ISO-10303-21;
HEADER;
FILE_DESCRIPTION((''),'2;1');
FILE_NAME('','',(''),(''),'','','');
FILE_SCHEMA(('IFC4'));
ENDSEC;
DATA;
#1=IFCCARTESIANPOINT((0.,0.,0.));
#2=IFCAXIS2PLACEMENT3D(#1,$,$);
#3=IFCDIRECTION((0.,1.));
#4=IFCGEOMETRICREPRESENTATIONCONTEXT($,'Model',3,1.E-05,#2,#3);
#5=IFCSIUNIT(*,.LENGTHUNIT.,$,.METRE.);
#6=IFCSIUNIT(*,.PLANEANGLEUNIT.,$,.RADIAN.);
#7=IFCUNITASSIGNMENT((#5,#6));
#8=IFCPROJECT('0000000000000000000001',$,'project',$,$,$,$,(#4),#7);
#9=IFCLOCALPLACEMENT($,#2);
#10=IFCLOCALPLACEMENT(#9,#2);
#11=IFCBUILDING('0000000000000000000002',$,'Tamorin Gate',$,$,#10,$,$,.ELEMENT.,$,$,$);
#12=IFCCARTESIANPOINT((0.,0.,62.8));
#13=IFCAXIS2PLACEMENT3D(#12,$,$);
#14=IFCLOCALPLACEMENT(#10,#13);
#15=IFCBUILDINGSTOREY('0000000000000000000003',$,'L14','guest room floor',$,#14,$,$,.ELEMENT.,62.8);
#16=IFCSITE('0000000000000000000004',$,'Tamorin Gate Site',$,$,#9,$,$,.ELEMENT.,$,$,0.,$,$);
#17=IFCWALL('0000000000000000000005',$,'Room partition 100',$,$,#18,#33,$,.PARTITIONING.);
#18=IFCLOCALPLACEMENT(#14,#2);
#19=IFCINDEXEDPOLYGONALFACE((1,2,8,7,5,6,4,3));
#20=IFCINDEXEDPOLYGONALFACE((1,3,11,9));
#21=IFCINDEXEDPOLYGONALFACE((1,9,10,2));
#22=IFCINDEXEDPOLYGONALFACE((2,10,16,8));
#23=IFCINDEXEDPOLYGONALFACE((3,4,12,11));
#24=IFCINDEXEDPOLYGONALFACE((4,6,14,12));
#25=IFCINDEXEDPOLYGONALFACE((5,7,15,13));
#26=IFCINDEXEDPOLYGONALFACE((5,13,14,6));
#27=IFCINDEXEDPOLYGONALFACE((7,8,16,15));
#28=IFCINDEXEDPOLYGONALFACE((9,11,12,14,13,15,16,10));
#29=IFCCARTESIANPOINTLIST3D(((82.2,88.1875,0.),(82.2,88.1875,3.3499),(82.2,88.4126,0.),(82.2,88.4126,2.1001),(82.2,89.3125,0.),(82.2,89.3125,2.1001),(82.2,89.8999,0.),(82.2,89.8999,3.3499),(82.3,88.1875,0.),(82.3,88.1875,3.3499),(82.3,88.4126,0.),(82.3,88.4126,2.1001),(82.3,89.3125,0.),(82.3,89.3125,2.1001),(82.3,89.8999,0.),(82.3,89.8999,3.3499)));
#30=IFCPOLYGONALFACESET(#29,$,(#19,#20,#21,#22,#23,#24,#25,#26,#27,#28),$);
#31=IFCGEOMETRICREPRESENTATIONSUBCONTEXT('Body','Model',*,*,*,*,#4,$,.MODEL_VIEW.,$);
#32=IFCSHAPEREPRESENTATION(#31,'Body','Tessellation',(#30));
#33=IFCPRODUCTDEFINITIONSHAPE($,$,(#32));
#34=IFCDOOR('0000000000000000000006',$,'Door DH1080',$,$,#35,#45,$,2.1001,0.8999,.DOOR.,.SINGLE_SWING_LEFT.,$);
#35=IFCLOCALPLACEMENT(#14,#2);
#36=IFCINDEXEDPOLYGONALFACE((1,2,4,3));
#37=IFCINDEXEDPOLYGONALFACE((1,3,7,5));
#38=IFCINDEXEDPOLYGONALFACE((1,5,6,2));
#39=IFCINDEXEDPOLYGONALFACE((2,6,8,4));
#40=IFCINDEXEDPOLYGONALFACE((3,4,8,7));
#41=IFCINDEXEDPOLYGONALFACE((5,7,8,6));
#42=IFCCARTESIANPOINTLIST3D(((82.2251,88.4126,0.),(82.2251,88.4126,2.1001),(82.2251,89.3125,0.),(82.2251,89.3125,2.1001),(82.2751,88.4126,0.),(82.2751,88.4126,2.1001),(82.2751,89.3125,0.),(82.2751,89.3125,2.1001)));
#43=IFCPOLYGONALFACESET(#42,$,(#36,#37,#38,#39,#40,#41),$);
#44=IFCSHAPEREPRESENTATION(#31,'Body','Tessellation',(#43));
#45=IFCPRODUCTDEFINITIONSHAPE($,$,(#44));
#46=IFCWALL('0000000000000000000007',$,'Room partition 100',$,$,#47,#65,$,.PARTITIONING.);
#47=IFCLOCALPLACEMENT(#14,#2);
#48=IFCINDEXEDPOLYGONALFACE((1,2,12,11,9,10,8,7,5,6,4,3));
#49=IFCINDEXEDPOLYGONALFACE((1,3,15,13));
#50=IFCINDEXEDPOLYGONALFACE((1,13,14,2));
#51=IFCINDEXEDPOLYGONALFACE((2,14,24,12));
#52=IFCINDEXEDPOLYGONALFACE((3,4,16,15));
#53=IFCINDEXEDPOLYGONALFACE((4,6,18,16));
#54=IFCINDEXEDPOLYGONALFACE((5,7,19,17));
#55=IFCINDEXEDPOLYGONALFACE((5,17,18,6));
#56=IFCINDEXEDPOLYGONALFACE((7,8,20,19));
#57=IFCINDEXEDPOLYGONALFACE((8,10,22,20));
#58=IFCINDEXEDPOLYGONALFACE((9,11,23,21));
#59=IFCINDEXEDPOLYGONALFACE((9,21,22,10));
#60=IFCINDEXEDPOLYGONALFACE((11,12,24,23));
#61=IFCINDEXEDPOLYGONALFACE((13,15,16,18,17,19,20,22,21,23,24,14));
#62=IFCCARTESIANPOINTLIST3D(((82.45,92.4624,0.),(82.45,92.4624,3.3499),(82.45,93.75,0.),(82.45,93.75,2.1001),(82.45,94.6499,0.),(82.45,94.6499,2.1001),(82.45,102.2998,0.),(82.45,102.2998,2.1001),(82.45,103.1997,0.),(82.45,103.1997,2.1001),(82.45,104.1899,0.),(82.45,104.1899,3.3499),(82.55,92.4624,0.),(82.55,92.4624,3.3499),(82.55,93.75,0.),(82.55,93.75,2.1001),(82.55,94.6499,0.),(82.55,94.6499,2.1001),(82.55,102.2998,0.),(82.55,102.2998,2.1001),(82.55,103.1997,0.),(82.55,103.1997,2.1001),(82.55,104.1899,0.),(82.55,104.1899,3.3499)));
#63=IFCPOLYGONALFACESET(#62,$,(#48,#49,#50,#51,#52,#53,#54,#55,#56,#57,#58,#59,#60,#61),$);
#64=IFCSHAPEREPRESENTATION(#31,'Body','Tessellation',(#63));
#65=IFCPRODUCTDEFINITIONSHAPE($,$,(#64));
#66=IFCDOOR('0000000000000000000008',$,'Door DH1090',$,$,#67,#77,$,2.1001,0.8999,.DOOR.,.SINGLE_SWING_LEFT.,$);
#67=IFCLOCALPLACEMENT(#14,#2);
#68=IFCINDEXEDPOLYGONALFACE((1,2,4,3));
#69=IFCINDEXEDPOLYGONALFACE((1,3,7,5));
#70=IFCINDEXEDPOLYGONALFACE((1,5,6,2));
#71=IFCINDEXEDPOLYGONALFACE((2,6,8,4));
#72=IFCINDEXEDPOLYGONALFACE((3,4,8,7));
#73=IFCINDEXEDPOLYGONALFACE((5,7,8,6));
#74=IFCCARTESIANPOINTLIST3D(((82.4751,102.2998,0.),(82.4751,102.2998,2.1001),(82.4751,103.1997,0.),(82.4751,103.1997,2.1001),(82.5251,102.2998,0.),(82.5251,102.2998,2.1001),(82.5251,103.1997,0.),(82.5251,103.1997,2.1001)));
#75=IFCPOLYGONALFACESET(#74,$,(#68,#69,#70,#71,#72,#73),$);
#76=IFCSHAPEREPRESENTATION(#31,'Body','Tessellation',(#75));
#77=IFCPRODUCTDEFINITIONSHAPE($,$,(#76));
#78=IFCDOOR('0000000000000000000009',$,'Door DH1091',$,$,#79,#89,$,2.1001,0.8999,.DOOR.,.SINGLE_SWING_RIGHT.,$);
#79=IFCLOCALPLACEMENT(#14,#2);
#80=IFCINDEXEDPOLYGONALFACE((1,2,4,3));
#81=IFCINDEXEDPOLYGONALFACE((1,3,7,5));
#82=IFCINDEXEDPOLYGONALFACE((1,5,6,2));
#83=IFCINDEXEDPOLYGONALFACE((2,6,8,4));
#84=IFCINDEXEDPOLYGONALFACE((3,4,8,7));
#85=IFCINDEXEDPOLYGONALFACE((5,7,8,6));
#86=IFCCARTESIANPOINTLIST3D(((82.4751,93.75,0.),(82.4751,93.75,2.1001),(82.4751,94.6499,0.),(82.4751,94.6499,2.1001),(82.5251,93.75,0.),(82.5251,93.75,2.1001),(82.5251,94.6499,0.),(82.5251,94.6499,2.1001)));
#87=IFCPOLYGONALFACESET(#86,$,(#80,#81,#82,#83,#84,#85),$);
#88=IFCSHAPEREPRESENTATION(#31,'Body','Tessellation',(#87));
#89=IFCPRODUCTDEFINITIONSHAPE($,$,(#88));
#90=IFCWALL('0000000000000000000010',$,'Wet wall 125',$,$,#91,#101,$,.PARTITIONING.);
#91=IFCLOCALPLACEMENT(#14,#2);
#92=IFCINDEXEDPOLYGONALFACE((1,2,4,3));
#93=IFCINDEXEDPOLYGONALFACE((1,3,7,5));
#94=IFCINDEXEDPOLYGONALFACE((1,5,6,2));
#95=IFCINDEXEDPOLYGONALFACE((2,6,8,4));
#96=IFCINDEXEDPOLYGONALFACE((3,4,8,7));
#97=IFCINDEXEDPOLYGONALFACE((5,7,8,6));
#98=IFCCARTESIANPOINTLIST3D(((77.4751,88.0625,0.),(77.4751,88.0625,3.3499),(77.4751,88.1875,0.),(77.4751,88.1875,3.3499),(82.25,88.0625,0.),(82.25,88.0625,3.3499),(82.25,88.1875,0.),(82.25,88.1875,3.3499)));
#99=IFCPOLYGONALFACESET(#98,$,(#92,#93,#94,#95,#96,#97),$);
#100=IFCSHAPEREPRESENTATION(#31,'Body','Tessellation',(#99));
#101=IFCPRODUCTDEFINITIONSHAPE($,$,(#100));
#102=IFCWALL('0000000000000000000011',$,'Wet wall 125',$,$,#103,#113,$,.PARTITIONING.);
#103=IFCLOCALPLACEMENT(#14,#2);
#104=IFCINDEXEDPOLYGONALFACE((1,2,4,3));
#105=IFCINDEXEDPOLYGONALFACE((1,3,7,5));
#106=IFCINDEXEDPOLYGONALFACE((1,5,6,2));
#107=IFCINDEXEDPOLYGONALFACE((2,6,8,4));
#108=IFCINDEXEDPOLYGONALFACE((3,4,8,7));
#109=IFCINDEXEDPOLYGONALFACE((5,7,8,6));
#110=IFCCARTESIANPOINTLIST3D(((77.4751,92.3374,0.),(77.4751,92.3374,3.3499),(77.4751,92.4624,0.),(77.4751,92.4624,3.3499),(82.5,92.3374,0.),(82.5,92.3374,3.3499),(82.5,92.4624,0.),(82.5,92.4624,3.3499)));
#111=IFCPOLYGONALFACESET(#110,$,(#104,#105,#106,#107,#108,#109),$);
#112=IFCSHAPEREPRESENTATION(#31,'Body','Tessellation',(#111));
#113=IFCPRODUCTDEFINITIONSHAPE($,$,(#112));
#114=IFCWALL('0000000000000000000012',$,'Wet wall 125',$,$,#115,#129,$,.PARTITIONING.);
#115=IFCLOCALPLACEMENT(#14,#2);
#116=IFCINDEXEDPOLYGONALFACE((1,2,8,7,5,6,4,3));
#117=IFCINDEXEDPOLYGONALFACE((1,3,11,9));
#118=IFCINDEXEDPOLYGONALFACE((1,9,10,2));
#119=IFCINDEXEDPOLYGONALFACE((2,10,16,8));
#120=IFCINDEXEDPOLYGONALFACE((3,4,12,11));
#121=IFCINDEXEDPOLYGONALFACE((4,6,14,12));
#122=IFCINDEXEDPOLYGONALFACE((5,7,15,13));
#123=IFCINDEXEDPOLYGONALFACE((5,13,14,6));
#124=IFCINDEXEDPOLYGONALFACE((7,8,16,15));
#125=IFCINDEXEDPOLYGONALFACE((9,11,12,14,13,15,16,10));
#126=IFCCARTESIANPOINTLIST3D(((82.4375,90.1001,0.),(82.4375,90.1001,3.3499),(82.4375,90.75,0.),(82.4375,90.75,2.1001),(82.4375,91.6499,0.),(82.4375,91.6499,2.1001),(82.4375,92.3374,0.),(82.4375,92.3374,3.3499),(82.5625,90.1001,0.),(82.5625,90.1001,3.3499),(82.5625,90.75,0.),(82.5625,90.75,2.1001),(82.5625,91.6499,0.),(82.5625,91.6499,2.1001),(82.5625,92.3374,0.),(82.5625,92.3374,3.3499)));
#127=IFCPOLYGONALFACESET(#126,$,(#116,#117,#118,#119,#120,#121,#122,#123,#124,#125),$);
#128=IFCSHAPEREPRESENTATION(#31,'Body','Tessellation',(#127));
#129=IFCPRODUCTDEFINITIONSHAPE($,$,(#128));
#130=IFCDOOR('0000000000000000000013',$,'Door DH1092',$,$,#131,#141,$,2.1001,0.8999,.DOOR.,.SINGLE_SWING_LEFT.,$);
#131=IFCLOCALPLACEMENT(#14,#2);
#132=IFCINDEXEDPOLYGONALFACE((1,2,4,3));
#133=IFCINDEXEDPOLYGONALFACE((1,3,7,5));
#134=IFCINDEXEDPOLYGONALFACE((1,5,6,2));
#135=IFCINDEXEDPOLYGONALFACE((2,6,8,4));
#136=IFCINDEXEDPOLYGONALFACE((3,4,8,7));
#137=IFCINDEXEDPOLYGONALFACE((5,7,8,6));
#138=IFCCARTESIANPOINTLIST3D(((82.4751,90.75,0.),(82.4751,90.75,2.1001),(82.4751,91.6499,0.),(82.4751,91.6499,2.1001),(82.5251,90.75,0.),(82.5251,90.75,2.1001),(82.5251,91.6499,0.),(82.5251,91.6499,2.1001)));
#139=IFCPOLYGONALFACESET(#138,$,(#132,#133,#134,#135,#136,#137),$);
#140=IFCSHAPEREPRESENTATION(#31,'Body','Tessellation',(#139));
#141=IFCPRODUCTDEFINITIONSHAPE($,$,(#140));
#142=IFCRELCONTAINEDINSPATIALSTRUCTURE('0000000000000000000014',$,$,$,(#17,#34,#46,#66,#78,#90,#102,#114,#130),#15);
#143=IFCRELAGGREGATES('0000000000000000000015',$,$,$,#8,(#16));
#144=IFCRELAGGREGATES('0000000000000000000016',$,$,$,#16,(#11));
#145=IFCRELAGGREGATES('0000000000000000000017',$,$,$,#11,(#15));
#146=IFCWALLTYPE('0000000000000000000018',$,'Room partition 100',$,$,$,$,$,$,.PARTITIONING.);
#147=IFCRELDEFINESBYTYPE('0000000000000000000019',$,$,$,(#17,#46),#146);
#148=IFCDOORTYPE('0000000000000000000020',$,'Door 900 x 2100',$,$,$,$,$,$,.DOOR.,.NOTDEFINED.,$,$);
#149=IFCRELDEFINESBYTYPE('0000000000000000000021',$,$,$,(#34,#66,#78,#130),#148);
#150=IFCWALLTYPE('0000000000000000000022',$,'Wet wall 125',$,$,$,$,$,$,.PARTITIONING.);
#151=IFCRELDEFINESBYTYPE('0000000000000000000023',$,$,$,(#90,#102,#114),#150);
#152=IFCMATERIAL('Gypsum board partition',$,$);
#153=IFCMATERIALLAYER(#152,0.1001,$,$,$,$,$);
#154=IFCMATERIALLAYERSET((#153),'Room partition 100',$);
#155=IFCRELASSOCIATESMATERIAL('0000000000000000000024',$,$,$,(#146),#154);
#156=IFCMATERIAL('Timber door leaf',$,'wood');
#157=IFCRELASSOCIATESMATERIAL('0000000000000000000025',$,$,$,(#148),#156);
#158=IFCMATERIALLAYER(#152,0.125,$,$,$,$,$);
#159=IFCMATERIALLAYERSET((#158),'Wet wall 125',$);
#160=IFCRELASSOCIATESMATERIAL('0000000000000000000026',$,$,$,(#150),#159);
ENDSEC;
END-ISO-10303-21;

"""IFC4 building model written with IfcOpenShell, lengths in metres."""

from ifc_helpers import new_model, si_unit, direction, frame, frame_2d, origin, place, context, subcontext, project, spatial, rectangle, extrude, material, layer, layer_set, type_object, element, fill, save


model = new_model("IFC4")

# Units and contexts
model_context = context("Model", 3, precision=1e-05, world=origin(), true_north=direction((0.0, 1.0)))
body_context = subcontext(model_context, "Body", "Model", "MODEL_VIEW")
ifc_project = project(units=[si_unit("LENGTHUNIT", "METRE"), si_unit("PLANEANGLEUNIT", "RADIAN")], contexts=[model_context])

# Site, building, storey
site_placement = place(None, origin())
site = spatial("IfcSite", under=ifc_project, at=site_placement, Name="Tamorin Gate Site", CompositionType="ELEMENT", RefElevation=0.0)
building_placement = place(site_placement, origin())
building = spatial("IfcBuilding", under=site, at=building_placement, Name="Tamorin Gate", CompositionType="ELEMENT")
storey_placement = place(building_placement, frame((0.0, 0.0, 62.8)))
storey = spatial("IfcBuildingStorey", under=building, at=storey_placement, Name="L14", Description="guest room floor", CompositionType="ELEMENT", Elevation=62.8)

# Shared definitions
ifc_material_1 = material(Name="Gypsum board partition")

# Wall, opening, door
ifc_layer_1 = layer(ifc_material_1, 0.1001)
ifc_layer_set_1 = layer_set([ifc_layer_1], Name="Room partition 100")
wall_type_1 = type_object("IfcWallType", Name="Room partition 100", PredefinedType="PARTITIONING", material=ifc_layer_set_1)
ifc_material_2 = material(Name="Timber door leaf", Category="wood")
door_type = type_object("IfcDoorType", Name="Door 900 x 2100", OperationType="NOTDEFINED", PredefinedType="DOOR", material=ifc_material_2)
wall_1_placement = place(storey_placement, frame((82.25, 88.1875, 0.0), z_axis=(0.0, 0.0, 1.0), x_axis=(0.0, 1.0, 0.0)))
wall_1 = element("IfcWall", 1, at=wall_1_placement, inside=storey, type_object=wall_type_1, Name="Room partition 100", PredefinedType="PARTITIONING", context=body_context, shape_type="SweptSolid", body=[
    extrude(rectangle(XDim=1.7124, YDim=0.1001, at=frame_2d((0.8562, 0.0))), origin(), (0.0, 0.0, 1.0), 3.3499),
])
opening_1_placement = place(wall_1_placement, frame((0.2251, 0.0, 0.0)))
opening_1 = element("IfcOpeningElement", 2, at=opening_1_placement, cuts=wall_1, PredefinedType="OPENING", context=body_context, shape_type="SweptSolid", body=[
    extrude(rectangle(XDim=0.8999, YDim=2.1001, at=frame_2d((0.45, 1.05))), frame((0.0, 0.0601, 0.0), z_axis=(0.0, -1.0, 0.0), x_axis=(1.0, 0.0, 0.0)), (0.0, 0.0, 1.0), 0.1201),
])
door_1_placement = place(opening_1_placement, origin())
door_1 = element("IfcDoor", 3, at=door_1_placement, inside=storey, type_object=door_type, Name="Door DH1080", OperationType="SINGLE_SWING_LEFT", OverallHeight=2.1001, OverallWidth=0.8999, PredefinedType="DOOR", context=body_context, shape_type="SweptSolid", body=[
    extrude(rectangle(XDim=0.8999, YDim=2.1001, at=frame_2d((0.45, 1.05))), frame((0.0, 0.0249, 0.0), z_axis=(0.0, -1.0, 0.0), x_axis=(1.0, 0.0, 0.0)), (0.0, 0.0, 1.0), 0.05),
])
fill(opening_1, door_1)

# Wall, openings, doors
wall_2_placement = place(storey_placement, frame((82.5, 92.4624, 0.0), z_axis=(0.0, 0.0, 1.0), x_axis=(0.0, 1.0, 0.0)))
wall_2 = element("IfcWall", 4, at=wall_2_placement, inside=storey, type_object=wall_type_1, Name="Room partition 100", PredefinedType="PARTITIONING", context=body_context, shape_type="SweptSolid", body=[
    extrude(rectangle(XDim=11.7275, YDim=0.1001, at=frame_2d((5.8638, 0.0))), origin(), (0.0, 0.0, 1.0), 3.3499),
])
opening_2_placement = place(wall_2_placement, frame((9.8374, 0.0, 0.0)))
opening_2 = element("IfcOpeningElement", 5, at=opening_2_placement, cuts=wall_2, PredefinedType="OPENING", context=body_context, shape_type="SweptSolid", body=[
    extrude(rectangle(XDim=0.8999, YDim=2.1001, at=frame_2d((0.45, 1.05))), frame((0.0, 0.0601, 0.0), z_axis=(0.0, -1.0, 0.0), x_axis=(1.0, 0.0, 0.0)), (0.0, 0.0, 1.0), 0.1201),
])
opening_3_placement = place(wall_2_placement, frame((1.2876, 0.0, 0.0)))
opening_3 = element("IfcOpeningElement", 6, at=opening_3_placement, cuts=wall_2, PredefinedType="OPENING", context=body_context, shape_type="SweptSolid", body=[
    extrude(rectangle(XDim=0.8999, YDim=2.1001, at=frame_2d((0.45, 1.05))), frame((0.0, 0.0601, 0.0), z_axis=(0.0, -1.0, 0.0), x_axis=(1.0, 0.0, 0.0)), (0.0, 0.0, 1.0), 0.1201),
])
door_2_placement = place(opening_2_placement, origin())
door_2 = element("IfcDoor", 7, at=door_2_placement, inside=storey, type_object=door_type, Name="Door DH1090", OperationType="SINGLE_SWING_LEFT", OverallHeight=2.1001, OverallWidth=0.8999, PredefinedType="DOOR", context=body_context, shape_type="SweptSolid", body=[
    extrude(rectangle(XDim=0.8999, YDim=2.1001, at=frame_2d((0.45, 1.05))), frame((0.0, 0.0249, 0.0), z_axis=(0.0, -1.0, 0.0), x_axis=(1.0, 0.0, 0.0)), (0.0, 0.0, 1.0), 0.05),
])
fill(opening_2, door_2)
door_3_placement = place(opening_3_placement, origin())
door_3 = element("IfcDoor", 8, at=door_3_placement, inside=storey, type_object=door_type, Name="Door DH1091", OperationType="SINGLE_SWING_RIGHT", OverallHeight=2.1001, OverallWidth=0.8999, PredefinedType="DOOR", context=body_context, shape_type="SweptSolid", body=[
    extrude(rectangle(XDim=0.8999, YDim=2.1001, at=frame_2d((0.45, 1.05))), frame((0.0, 0.0249, 0.0), z_axis=(0.0, -1.0, 0.0), x_axis=(1.0, 0.0, 0.0)), (0.0, 0.0, 1.0), 0.05),
])
fill(opening_3, door_3)

# Walls
ifc_layer_2 = layer(ifc_material_1, 0.125)
ifc_layer_set_2 = layer_set([ifc_layer_2], Name="Wet wall 125")
wall_type_2 = type_object("IfcWallType", Name="Wet wall 125", PredefinedType="PARTITIONING", material=ifc_layer_set_2)
wall_3_placement = place(storey_placement, frame((77.4751, 88.125, 0.0), z_axis=(0.0, 0.0, 1.0), x_axis=(1.0, 0.0, 0.0)))
element("IfcWall", 9, at=wall_3_placement, inside=storey, type_object=wall_type_2, Name="Wet wall 125", PredefinedType="PARTITIONING", context=body_context, shape_type="SweptSolid", body=[
    extrude(rectangle(XDim=4.7749, YDim=0.125, at=frame_2d((2.3875, 0.0))), origin(), (0.0, 0.0, 1.0), 3.3499),
])
wall_4_placement = place(storey_placement, frame((77.4751, 92.3999, 0.0), z_axis=(0.0, 0.0, 1.0), x_axis=(1.0, 0.0, 0.0)))
element("IfcWall", 10, at=wall_4_placement, inside=storey, type_object=wall_type_2, Name="Wet wall 125", PredefinedType="PARTITIONING", context=body_context, shape_type="SweptSolid", body=[
    extrude(rectangle(XDim=5.0249, YDim=0.125, at=frame_2d((2.5125, 0.0))), origin(), (0.0, 0.0, 1.0), 3.3499),
])

# Wall, opening, door
wall_5_placement = place(storey_placement, frame((82.5, 90.1001, 0.0), z_axis=(0.0, 0.0, 1.0), x_axis=(0.0, 1.0, 0.0)))
wall_5 = element("IfcWall", 11, at=wall_5_placement, inside=storey, type_object=wall_type_2, Name="Wet wall 125", PredefinedType="PARTITIONING", context=body_context, shape_type="SweptSolid", body=[
    extrude(rectangle(XDim=2.2373, YDim=0.125, at=frame_2d((1.1187, 0.0))), origin(), (0.0, 0.0, 1.0), 3.3499),
])
opening_4_placement = place(wall_5_placement, frame((0.6499, 0.0, 0.0)))
opening_4 = element("IfcOpeningElement", 12, at=opening_4_placement, cuts=wall_5, PredefinedType="OPENING", context=body_context, shape_type="SweptSolid", body=[
    extrude(rectangle(XDim=0.8999, YDim=2.1001, at=frame_2d((0.45, 1.05))), frame((0.0, 0.0725, 0.0), z_axis=(0.0, -1.0, 0.0), x_axis=(1.0, 0.0, 0.0)), (0.0, 0.0, 1.0), 0.145),
])
door_4_placement = place(opening_4_placement, origin())
door_4 = element("IfcDoor", 13, at=door_4_placement, inside=storey, type_object=door_type, Name="Door DH1092", OperationType="SINGLE_SWING_LEFT", OverallHeight=2.1001, OverallWidth=0.8999, PredefinedType="DOOR", context=body_context, shape_type="SweptSolid", body=[
    extrude(rectangle(XDim=0.8999, YDim=2.1001, at=frame_2d((0.45, 1.05))), frame((0.0, 0.0249, 0.0), z_axis=(0.0, -1.0, 0.0), x_axis=(1.0, 0.0, 0.0)), (0.0, 0.0, 1.0), 0.05),
])
fill(opening_4, door_4)

save(model, "model.ifc")
